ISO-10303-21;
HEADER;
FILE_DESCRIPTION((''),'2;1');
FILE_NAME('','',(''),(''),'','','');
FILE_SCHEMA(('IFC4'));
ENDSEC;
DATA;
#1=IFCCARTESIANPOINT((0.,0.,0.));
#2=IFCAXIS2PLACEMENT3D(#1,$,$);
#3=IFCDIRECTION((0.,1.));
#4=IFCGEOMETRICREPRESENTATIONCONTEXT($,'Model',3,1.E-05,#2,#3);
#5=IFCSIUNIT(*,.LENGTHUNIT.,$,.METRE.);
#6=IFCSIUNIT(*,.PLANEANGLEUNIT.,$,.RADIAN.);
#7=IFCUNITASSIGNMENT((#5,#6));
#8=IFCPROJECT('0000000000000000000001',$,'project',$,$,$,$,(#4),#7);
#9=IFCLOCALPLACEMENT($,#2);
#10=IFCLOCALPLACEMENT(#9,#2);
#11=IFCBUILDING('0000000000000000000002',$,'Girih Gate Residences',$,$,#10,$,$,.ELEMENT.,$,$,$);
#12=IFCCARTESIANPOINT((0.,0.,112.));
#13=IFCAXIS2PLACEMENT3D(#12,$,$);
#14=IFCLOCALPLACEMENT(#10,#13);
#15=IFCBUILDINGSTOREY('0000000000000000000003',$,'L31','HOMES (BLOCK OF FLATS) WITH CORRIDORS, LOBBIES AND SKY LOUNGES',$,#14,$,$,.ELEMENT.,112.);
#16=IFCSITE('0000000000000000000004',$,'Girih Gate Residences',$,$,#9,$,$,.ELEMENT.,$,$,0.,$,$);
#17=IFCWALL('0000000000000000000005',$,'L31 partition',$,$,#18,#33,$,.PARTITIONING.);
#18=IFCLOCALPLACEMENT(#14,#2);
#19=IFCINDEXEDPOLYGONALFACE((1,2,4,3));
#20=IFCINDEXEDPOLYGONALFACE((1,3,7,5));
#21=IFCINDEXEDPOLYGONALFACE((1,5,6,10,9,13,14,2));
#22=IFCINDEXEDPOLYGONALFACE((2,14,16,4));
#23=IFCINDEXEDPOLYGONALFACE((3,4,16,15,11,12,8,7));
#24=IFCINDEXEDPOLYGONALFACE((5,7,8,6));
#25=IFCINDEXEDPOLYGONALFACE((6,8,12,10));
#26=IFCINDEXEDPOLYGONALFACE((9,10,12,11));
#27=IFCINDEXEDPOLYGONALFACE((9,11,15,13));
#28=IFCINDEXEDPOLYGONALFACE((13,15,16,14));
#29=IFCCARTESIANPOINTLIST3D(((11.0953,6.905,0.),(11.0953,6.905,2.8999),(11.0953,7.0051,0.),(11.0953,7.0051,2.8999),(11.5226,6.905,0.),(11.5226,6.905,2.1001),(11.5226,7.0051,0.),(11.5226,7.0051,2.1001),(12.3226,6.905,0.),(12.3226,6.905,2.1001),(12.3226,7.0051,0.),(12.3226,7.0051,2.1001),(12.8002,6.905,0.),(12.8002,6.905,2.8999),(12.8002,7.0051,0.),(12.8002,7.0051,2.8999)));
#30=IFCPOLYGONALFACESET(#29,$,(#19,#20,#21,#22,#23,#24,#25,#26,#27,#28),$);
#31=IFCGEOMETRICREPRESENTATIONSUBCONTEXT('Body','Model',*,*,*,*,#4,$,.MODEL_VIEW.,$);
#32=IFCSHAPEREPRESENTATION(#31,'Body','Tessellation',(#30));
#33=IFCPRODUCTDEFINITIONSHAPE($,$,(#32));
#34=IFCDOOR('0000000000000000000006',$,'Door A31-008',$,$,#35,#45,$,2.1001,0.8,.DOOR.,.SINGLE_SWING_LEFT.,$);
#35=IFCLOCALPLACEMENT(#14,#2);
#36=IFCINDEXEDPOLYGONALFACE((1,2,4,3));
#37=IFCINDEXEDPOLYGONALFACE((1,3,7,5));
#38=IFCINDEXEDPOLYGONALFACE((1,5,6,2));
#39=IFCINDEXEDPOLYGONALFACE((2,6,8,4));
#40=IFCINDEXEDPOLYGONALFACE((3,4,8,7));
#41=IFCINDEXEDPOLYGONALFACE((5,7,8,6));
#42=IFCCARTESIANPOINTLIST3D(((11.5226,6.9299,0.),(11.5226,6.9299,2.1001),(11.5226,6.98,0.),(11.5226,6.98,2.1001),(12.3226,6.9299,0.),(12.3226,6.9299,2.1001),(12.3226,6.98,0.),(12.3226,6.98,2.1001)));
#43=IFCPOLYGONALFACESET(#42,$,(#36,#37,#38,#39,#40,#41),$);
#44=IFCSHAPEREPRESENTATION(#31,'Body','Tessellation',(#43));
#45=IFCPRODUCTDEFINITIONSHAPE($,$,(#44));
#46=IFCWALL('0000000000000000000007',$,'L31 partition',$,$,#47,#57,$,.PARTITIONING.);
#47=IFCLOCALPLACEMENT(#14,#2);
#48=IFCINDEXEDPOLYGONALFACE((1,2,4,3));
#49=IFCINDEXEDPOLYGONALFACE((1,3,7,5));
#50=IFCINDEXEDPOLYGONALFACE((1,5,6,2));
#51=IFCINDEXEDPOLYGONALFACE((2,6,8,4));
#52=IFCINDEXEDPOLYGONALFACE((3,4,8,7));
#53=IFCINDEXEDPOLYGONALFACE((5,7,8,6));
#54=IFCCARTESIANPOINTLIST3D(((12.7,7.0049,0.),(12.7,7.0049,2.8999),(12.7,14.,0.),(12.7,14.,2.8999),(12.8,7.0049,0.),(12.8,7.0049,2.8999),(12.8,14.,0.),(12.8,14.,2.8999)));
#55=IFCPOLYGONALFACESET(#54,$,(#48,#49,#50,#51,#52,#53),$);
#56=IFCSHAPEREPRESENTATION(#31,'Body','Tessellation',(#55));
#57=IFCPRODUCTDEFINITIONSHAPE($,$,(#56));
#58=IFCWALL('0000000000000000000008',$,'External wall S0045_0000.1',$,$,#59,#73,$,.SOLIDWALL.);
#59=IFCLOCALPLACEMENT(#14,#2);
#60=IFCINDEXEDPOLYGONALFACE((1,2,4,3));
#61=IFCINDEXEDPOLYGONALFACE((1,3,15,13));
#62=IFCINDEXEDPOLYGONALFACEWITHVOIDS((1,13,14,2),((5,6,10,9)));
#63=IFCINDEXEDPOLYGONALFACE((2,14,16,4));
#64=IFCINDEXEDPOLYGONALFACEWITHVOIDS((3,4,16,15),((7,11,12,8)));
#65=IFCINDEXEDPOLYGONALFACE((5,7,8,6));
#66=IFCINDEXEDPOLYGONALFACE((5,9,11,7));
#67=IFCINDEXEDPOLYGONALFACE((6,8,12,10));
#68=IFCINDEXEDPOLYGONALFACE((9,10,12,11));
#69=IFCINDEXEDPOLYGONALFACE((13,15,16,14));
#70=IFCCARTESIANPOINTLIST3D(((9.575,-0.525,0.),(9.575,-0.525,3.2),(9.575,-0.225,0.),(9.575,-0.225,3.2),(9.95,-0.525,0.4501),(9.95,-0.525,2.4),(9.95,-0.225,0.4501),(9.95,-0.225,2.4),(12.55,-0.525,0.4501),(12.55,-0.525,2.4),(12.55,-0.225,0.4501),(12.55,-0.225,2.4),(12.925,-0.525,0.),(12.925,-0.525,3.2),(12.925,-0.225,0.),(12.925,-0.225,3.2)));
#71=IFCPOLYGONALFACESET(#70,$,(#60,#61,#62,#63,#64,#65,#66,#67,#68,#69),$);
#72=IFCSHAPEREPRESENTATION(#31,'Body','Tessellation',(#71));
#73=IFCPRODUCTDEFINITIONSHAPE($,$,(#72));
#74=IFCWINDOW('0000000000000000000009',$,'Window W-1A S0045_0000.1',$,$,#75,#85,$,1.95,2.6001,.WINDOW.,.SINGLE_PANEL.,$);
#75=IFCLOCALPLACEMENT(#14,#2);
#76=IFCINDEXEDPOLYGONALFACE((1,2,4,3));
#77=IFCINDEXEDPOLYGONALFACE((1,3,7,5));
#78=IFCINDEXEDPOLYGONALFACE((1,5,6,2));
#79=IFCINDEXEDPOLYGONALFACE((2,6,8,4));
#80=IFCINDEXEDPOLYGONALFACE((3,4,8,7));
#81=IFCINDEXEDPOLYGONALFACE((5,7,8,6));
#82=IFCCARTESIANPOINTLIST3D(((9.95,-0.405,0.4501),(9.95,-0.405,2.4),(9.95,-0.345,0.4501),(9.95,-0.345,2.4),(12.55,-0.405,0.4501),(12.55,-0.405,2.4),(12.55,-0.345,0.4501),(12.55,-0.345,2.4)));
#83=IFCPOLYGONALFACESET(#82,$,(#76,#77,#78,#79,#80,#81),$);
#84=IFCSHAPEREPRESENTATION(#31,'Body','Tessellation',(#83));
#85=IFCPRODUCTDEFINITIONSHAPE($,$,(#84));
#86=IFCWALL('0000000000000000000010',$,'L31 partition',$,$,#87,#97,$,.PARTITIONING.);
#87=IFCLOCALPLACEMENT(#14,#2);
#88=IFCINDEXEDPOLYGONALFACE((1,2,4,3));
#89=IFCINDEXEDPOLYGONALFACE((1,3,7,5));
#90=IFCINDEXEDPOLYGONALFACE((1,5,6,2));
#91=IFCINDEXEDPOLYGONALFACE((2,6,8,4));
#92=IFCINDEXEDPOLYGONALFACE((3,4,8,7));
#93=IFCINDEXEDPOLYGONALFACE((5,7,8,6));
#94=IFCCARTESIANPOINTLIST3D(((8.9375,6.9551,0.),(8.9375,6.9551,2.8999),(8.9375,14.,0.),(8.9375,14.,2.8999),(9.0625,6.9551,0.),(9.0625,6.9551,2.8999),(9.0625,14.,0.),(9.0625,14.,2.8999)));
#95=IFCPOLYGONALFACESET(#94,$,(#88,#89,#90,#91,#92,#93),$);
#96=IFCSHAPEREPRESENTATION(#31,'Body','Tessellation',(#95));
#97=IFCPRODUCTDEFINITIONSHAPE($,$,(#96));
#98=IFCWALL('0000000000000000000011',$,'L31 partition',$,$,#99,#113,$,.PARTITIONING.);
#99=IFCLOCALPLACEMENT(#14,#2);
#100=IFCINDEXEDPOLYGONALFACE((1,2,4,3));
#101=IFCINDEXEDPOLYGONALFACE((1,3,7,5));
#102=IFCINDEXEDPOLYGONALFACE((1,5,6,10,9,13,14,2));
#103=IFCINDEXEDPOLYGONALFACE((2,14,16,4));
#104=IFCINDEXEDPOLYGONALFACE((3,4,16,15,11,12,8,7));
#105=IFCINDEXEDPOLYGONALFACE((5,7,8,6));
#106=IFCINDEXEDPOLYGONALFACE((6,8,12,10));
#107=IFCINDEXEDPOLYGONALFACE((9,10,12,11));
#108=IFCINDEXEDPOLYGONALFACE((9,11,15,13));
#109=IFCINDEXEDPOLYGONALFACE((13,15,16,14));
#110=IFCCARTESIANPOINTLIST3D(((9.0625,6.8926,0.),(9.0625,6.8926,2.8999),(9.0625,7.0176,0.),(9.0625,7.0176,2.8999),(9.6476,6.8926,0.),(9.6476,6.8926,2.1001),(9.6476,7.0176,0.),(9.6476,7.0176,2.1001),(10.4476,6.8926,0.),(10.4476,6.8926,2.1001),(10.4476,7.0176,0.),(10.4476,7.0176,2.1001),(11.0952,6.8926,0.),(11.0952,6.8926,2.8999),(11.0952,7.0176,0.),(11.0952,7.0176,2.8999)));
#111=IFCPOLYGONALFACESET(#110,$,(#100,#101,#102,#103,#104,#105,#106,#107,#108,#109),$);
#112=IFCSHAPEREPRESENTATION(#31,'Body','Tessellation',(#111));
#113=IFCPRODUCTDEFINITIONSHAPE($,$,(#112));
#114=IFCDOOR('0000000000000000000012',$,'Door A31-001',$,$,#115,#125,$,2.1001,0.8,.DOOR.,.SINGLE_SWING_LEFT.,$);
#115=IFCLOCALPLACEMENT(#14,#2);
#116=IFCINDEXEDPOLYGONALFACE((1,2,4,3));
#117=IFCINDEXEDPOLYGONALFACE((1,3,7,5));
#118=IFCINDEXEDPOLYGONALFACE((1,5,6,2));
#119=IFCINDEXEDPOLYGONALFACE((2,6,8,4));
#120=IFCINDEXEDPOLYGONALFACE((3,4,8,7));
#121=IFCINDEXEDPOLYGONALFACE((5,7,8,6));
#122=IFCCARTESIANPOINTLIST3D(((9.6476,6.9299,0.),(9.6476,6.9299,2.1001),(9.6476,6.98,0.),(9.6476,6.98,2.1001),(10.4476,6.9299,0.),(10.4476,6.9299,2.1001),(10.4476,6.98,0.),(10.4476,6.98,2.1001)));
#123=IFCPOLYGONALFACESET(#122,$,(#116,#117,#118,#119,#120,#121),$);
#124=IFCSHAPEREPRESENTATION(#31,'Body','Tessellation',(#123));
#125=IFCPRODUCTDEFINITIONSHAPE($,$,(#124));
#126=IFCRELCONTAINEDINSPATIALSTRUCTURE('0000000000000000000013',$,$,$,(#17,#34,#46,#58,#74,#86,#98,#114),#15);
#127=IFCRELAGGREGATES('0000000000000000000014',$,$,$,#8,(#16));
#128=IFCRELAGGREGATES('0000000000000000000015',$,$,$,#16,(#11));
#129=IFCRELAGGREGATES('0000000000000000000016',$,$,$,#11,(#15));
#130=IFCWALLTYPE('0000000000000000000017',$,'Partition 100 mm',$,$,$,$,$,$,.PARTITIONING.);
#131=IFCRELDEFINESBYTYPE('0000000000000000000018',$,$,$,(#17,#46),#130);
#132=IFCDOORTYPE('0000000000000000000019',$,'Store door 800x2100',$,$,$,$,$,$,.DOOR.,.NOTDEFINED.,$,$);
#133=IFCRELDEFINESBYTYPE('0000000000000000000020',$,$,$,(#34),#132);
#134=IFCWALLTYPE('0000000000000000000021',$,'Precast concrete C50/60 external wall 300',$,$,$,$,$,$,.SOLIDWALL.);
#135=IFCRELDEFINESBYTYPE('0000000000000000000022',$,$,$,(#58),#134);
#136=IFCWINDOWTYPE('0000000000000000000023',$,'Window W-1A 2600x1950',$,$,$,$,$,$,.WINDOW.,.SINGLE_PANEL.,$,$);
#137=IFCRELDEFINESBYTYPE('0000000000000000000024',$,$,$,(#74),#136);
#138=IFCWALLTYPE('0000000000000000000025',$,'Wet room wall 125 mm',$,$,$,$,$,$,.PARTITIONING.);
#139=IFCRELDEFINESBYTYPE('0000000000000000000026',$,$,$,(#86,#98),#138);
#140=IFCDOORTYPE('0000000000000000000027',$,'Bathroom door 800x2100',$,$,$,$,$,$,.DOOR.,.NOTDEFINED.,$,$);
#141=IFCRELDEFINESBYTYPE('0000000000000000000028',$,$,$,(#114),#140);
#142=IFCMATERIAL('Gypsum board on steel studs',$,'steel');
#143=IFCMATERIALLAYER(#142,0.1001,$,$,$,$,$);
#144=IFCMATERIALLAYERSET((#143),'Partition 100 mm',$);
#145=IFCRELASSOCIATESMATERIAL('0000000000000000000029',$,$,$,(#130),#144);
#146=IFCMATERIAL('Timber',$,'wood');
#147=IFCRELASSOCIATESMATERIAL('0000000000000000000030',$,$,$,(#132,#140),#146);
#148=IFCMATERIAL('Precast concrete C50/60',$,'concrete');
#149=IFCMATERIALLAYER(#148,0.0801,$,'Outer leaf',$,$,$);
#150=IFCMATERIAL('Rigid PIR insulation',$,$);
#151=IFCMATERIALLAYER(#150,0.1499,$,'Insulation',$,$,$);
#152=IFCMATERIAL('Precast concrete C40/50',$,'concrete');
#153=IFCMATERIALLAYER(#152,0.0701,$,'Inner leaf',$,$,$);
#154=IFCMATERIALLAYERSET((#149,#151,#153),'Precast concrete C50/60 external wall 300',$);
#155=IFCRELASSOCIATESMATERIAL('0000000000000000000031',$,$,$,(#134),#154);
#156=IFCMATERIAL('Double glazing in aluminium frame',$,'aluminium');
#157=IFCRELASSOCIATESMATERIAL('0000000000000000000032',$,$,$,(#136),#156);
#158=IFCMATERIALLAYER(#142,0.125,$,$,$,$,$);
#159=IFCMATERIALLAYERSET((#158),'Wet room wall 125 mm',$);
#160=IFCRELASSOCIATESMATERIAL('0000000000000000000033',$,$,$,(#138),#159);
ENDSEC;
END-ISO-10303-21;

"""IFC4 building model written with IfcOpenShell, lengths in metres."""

from ifc_helpers import new_model, si_unit, direction, frame, frame_2d, origin, place, context, subcontext, project, spatial, rectangle, extrude, material, layer, layer_set, type_object, element, fill, save


model = new_model("IFC4")

# Units and contexts
model_context = context("Model", 3, precision=1e-05, world=origin(), true_north=direction((0.0, 1.0)))
body_context = subcontext(model_context, "Body", "Model", "MODEL_VIEW")
ifc_project = project(units=[si_unit("LENGTHUNIT", "METRE"), si_unit("PLANEANGLEUNIT", "RADIAN")], contexts=[model_context])

# Site, building, storey
site_placement = place(None, origin())
site = spatial("IfcSite", under=ifc_project, at=site_placement, Name="Girih Gate Residences", CompositionType="ELEMENT", RefElevation=0.0)
building_placement = place(site_placement, origin())
building = spatial("IfcBuilding", under=site, at=building_placement, Name="Girih Gate Residences", CompositionType="ELEMENT")
storey_placement = place(building_placement, frame((0.0, 0.0, 112.0)))
storey = spatial("IfcBuildingStorey", under=building, at=storey_placement, Name="L31", Description="HOMES (BLOCK OF FLATS) WITH CORRIDORS, LOBBIES AND SKY LOUNGES", CompositionType="ELEMENT", Elevation=112.0)

# Shared definitions
ifc_material_1 = material(Name="Gypsum board on steel studs", Category="steel")
ifc_layer_1 = layer(ifc_material_1, 0.1001)
ifc_layer_set_1 = layer_set([ifc_layer_1], Name="Partition 100 mm")
wall_type_1 = type_object("IfcWallType", Name="Partition 100 mm", PredefinedType="PARTITIONING", material=ifc_layer_set_1)

# Wall, opening, door
ifc_material_2 = material(Name="Timber", Category="wood")
door_type_1 = type_object("IfcDoorType", Name="Store door 800x2100", OperationType="NOTDEFINED", PredefinedType="DOOR", material=ifc_material_2)
wall_1_placement = place(storey_placement, frame((11.0952, 6.9551, 0.0), z_axis=(0.0, 0.0, 1.0), x_axis=(1.0, 0.0, 0.0)))
wall_1 = element("IfcWall", 1, at=wall_1_placement, inside=storey, type_object=wall_type_1, Name="L31 partition", PredefinedType="PARTITIONING", context=body_context, shape_type="SweptSolid", body=[
    extrude(rectangle(XDim=1.7048, YDim=0.1001, at=frame_2d((0.8525, 0.0))), origin(), (0.0, 0.0, 1.0), 2.8999),
])
opening_1_placement = place(wall_1_placement, frame((0.4275, 0.0, 0.0)))
opening_1 = element("IfcOpeningElement", 2, at=opening_1_placement, cuts=wall_1, PredefinedType="OPENING", context=body_context, shape_type="SweptSolid", body=[
    extrude(rectangle(XDim=0.8, YDim=2.1001, at=frame_2d((0.3999, 1.05))), frame((0.0, 0.0601, 0.0), z_axis=(0.0, -1.0, 0.0), x_axis=(1.0, 0.0, 0.0)), (0.0, 0.0, 1.0), 0.1201),
])
door_1_placement = place(opening_1_placement, origin())
door_1 = element("IfcDoor", 3, at=door_1_placement, inside=storey, type_object=door_type_1, Name="Door A31-008", OperationType="SINGLE_SWING_LEFT", OverallHeight=2.1001, OverallWidth=0.8, PredefinedType="DOOR", context=body_context, shape_type="SweptSolid", body=[
    extrude(rectangle(XDim=0.8, YDim=2.1001, at=frame_2d((0.3999, 1.05))), frame((0.0, 0.0249, 0.0), z_axis=(0.0, -1.0, 0.0), x_axis=(1.0, 0.0, 0.0)), (0.0, 0.0, 1.0), 0.05),
])
fill(opening_1, door_1)

# Wall
wall_2_placement = place(storey_placement, frame((12.75, 7.0049, 0.0), z_axis=(0.0, 0.0, 1.0), x_axis=(0.0, 1.0, 0.0)))
element("IfcWall", 4, at=wall_2_placement, inside=storey, type_object=wall_type_1, Name="L31 partition", PredefinedType="PARTITIONING", context=body_context, shape_type="SweptSolid", body=[
    extrude(rectangle(XDim=6.9951, YDim=0.1001, at=frame_2d((3.4976, 0.0))), origin(), (0.0, 0.0, 1.0), 2.8999),
])

# Wall, opening, window
ifc_material_3 = material(Name="Precast concrete C50/60", Category="concrete")
ifc_layer_2 = layer(ifc_material_3, 0.0801, Name="Outer leaf")
ifc_material_4 = material(Name="Rigid PIR insulation")
ifc_layer_3 = layer(ifc_material_4, 0.1499, Name="Insulation")
ifc_material_5 = material(Name="Precast concrete C40/50", Category="concrete")
ifc_layer_4 = layer(ifc_material_5, 0.0701, Name="Inner leaf")
ifc_layer_set_2 = layer_set([ifc_layer_2, ifc_layer_3, ifc_layer_4], Name="Precast concrete C50/60 external wall 300")
wall_type_2 = type_object("IfcWallType", Name="Precast concrete C50/60 external wall 300", PredefinedType="SOLIDWALL", material=ifc_layer_set_2)
wall_3_placement = place(storey_placement, frame((12.925, -0.375, 0.0), z_axis=(0.0, 0.0, 1.0), x_axis=(-1.0, 0.0, 0.0)))
wall_3 = element("IfcWall", 5, at=wall_3_placement, inside=storey, type_object=wall_type_2, Name="External wall S0045_0000.1", PredefinedType="SOLIDWALL", context=body_context, shape_type="SweptSolid", body=[
    extrude(rectangle(XDim=3.3501, YDim=0.3, at=frame_2d((1.675, 0.0))), origin(), (0.0, 0.0, 1.0), 3.2),
])
opening_2_placement = place(wall_3_placement, frame((0.375, 0.0, 0.45)))
opening_2 = element("IfcOpeningElement", 6, at=opening_2_placement, cuts=wall_3, PredefinedType="OPENING", context=body_context, shape_type="SweptSolid", body=[
    extrude(rectangle(XDim=2.6001, YDim=1.95, at=frame_2d((1.3, 0.9751))), frame((0.0, 0.1599, 0.0), z_axis=(0.0, -1.0, 0.0), x_axis=(1.0, 0.0, 0.0)), (0.0, 0.0, 1.0), 0.3201),
])
ifc_material_6 = material(Name="Double glazing in aluminium frame", Category="aluminium")
window_type = type_object("IfcWindowType", Name="Window W-1A 2600x1950", PartitioningType="SINGLE_PANEL", PredefinedType="WINDOW", material=ifc_material_6)
window_placement = place(opening_2_placement, origin())
window = element("IfcWindow", 7, at=window_placement, inside=storey, type_object=window_type, Name="Window W-1A S0045_0000.1", OverallHeight=1.95, OverallWidth=2.6001, PartitioningType="SINGLE_PANEL", PredefinedType="WINDOW", context=body_context, shape_type="SweptSolid", body=[
    extrude(rectangle(XDim=2.6001, YDim=1.95, at=frame_2d((1.3, 0.9751))), frame((0.0, 0.03, 0.0), z_axis=(0.0, -1.0, 0.0), x_axis=(1.0, 0.0, 0.0)), (0.0, 0.0, 1.0), 0.0601),
])
fill(opening_2, window)

# Wall
ifc_layer_5 = layer(ifc_material_1, 0.125)
ifc_layer_set_3 = layer_set([ifc_layer_5], Name="Wet room wall 125 mm")
wall_type_3 = type_object("IfcWallType", Name="Wet room wall 125 mm", PredefinedType="PARTITIONING", material=ifc_layer_set_3)
wall_4_placement = place(storey_placement, frame((9.0, 6.9551, 0.0), z_axis=(0.0, 0.0, 1.0), x_axis=(0.0, 1.0, 0.0)))
element("IfcWall", 8, at=wall_4_placement, inside=storey, type_object=wall_type_3, Name="L31 partition", PredefinedType="PARTITIONING", context=body_context, shape_type="SweptSolid", body=[
    extrude(rectangle(XDim=7.0449, YDim=0.125, at=frame_2d((3.5225, 0.0))), origin(), (0.0, 0.0, 1.0), 2.8999),
])

# Wall, opening, door
wall_5_placement = place(storey_placement, frame((9.0625, 6.9551, 0.0), z_axis=(0.0, 0.0, 1.0), x_axis=(1.0, 0.0, 0.0)))
wall_5 = element("IfcWall", 9, at=wall_5_placement, inside=storey, type_object=wall_type_3, Name="L31 partition", PredefinedType="PARTITIONING", context=body_context, shape_type="SweptSolid", body=[
    extrude(rectangle(XDim=2.0327, YDim=0.125, at=frame_2d((1.0164, 0.0))), origin(), (0.0, 0.0, 1.0), 2.8999),
])
opening_3_placement = place(wall_5_placement, frame((0.5852, 0.0, 0.0)))
opening_3 = element("IfcOpeningElement", 10, at=opening_3_placement, cuts=wall_5, PredefinedType="OPENING", context=body_context, shape_type="SweptSolid", body=[
    extrude(rectangle(XDim=0.8, YDim=2.1001, at=frame_2d((0.3999, 1.05))), frame((0.0, 0.0725, 0.0), z_axis=(0.0, -1.0, 0.0), x_axis=(1.0, 0.0, 0.0)), (0.0, 0.0, 1.0), 0.145),
])
door_type_2 = type_object("IfcDoorType", Name="Bathroom door 800x2100", OperationType="NOTDEFINED", PredefinedType="DOOR", material=ifc_material_2)
door_2_placement = place(opening_3_placement, origin())
door_2 = element("IfcDoor", 11, at=door_2_placement, inside=storey, type_object=door_type_2, Name="Door A31-001", OperationType="SINGLE_SWING_LEFT", OverallHeight=2.1001, OverallWidth=0.8, PredefinedType="DOOR", context=body_context, shape_type="SweptSolid", body=[
    extrude(rectangle(XDim=0.8, YDim=2.1001, at=frame_2d((0.3999, 1.05))), frame((0.0, 0.0249, 0.0), z_axis=(0.0, -1.0, 0.0), x_axis=(1.0, 0.0, 0.0)), (0.0, 0.0, 1.0), 0.05),
])
fill(opening_3, door_2)

save(model, "model.ifc")
